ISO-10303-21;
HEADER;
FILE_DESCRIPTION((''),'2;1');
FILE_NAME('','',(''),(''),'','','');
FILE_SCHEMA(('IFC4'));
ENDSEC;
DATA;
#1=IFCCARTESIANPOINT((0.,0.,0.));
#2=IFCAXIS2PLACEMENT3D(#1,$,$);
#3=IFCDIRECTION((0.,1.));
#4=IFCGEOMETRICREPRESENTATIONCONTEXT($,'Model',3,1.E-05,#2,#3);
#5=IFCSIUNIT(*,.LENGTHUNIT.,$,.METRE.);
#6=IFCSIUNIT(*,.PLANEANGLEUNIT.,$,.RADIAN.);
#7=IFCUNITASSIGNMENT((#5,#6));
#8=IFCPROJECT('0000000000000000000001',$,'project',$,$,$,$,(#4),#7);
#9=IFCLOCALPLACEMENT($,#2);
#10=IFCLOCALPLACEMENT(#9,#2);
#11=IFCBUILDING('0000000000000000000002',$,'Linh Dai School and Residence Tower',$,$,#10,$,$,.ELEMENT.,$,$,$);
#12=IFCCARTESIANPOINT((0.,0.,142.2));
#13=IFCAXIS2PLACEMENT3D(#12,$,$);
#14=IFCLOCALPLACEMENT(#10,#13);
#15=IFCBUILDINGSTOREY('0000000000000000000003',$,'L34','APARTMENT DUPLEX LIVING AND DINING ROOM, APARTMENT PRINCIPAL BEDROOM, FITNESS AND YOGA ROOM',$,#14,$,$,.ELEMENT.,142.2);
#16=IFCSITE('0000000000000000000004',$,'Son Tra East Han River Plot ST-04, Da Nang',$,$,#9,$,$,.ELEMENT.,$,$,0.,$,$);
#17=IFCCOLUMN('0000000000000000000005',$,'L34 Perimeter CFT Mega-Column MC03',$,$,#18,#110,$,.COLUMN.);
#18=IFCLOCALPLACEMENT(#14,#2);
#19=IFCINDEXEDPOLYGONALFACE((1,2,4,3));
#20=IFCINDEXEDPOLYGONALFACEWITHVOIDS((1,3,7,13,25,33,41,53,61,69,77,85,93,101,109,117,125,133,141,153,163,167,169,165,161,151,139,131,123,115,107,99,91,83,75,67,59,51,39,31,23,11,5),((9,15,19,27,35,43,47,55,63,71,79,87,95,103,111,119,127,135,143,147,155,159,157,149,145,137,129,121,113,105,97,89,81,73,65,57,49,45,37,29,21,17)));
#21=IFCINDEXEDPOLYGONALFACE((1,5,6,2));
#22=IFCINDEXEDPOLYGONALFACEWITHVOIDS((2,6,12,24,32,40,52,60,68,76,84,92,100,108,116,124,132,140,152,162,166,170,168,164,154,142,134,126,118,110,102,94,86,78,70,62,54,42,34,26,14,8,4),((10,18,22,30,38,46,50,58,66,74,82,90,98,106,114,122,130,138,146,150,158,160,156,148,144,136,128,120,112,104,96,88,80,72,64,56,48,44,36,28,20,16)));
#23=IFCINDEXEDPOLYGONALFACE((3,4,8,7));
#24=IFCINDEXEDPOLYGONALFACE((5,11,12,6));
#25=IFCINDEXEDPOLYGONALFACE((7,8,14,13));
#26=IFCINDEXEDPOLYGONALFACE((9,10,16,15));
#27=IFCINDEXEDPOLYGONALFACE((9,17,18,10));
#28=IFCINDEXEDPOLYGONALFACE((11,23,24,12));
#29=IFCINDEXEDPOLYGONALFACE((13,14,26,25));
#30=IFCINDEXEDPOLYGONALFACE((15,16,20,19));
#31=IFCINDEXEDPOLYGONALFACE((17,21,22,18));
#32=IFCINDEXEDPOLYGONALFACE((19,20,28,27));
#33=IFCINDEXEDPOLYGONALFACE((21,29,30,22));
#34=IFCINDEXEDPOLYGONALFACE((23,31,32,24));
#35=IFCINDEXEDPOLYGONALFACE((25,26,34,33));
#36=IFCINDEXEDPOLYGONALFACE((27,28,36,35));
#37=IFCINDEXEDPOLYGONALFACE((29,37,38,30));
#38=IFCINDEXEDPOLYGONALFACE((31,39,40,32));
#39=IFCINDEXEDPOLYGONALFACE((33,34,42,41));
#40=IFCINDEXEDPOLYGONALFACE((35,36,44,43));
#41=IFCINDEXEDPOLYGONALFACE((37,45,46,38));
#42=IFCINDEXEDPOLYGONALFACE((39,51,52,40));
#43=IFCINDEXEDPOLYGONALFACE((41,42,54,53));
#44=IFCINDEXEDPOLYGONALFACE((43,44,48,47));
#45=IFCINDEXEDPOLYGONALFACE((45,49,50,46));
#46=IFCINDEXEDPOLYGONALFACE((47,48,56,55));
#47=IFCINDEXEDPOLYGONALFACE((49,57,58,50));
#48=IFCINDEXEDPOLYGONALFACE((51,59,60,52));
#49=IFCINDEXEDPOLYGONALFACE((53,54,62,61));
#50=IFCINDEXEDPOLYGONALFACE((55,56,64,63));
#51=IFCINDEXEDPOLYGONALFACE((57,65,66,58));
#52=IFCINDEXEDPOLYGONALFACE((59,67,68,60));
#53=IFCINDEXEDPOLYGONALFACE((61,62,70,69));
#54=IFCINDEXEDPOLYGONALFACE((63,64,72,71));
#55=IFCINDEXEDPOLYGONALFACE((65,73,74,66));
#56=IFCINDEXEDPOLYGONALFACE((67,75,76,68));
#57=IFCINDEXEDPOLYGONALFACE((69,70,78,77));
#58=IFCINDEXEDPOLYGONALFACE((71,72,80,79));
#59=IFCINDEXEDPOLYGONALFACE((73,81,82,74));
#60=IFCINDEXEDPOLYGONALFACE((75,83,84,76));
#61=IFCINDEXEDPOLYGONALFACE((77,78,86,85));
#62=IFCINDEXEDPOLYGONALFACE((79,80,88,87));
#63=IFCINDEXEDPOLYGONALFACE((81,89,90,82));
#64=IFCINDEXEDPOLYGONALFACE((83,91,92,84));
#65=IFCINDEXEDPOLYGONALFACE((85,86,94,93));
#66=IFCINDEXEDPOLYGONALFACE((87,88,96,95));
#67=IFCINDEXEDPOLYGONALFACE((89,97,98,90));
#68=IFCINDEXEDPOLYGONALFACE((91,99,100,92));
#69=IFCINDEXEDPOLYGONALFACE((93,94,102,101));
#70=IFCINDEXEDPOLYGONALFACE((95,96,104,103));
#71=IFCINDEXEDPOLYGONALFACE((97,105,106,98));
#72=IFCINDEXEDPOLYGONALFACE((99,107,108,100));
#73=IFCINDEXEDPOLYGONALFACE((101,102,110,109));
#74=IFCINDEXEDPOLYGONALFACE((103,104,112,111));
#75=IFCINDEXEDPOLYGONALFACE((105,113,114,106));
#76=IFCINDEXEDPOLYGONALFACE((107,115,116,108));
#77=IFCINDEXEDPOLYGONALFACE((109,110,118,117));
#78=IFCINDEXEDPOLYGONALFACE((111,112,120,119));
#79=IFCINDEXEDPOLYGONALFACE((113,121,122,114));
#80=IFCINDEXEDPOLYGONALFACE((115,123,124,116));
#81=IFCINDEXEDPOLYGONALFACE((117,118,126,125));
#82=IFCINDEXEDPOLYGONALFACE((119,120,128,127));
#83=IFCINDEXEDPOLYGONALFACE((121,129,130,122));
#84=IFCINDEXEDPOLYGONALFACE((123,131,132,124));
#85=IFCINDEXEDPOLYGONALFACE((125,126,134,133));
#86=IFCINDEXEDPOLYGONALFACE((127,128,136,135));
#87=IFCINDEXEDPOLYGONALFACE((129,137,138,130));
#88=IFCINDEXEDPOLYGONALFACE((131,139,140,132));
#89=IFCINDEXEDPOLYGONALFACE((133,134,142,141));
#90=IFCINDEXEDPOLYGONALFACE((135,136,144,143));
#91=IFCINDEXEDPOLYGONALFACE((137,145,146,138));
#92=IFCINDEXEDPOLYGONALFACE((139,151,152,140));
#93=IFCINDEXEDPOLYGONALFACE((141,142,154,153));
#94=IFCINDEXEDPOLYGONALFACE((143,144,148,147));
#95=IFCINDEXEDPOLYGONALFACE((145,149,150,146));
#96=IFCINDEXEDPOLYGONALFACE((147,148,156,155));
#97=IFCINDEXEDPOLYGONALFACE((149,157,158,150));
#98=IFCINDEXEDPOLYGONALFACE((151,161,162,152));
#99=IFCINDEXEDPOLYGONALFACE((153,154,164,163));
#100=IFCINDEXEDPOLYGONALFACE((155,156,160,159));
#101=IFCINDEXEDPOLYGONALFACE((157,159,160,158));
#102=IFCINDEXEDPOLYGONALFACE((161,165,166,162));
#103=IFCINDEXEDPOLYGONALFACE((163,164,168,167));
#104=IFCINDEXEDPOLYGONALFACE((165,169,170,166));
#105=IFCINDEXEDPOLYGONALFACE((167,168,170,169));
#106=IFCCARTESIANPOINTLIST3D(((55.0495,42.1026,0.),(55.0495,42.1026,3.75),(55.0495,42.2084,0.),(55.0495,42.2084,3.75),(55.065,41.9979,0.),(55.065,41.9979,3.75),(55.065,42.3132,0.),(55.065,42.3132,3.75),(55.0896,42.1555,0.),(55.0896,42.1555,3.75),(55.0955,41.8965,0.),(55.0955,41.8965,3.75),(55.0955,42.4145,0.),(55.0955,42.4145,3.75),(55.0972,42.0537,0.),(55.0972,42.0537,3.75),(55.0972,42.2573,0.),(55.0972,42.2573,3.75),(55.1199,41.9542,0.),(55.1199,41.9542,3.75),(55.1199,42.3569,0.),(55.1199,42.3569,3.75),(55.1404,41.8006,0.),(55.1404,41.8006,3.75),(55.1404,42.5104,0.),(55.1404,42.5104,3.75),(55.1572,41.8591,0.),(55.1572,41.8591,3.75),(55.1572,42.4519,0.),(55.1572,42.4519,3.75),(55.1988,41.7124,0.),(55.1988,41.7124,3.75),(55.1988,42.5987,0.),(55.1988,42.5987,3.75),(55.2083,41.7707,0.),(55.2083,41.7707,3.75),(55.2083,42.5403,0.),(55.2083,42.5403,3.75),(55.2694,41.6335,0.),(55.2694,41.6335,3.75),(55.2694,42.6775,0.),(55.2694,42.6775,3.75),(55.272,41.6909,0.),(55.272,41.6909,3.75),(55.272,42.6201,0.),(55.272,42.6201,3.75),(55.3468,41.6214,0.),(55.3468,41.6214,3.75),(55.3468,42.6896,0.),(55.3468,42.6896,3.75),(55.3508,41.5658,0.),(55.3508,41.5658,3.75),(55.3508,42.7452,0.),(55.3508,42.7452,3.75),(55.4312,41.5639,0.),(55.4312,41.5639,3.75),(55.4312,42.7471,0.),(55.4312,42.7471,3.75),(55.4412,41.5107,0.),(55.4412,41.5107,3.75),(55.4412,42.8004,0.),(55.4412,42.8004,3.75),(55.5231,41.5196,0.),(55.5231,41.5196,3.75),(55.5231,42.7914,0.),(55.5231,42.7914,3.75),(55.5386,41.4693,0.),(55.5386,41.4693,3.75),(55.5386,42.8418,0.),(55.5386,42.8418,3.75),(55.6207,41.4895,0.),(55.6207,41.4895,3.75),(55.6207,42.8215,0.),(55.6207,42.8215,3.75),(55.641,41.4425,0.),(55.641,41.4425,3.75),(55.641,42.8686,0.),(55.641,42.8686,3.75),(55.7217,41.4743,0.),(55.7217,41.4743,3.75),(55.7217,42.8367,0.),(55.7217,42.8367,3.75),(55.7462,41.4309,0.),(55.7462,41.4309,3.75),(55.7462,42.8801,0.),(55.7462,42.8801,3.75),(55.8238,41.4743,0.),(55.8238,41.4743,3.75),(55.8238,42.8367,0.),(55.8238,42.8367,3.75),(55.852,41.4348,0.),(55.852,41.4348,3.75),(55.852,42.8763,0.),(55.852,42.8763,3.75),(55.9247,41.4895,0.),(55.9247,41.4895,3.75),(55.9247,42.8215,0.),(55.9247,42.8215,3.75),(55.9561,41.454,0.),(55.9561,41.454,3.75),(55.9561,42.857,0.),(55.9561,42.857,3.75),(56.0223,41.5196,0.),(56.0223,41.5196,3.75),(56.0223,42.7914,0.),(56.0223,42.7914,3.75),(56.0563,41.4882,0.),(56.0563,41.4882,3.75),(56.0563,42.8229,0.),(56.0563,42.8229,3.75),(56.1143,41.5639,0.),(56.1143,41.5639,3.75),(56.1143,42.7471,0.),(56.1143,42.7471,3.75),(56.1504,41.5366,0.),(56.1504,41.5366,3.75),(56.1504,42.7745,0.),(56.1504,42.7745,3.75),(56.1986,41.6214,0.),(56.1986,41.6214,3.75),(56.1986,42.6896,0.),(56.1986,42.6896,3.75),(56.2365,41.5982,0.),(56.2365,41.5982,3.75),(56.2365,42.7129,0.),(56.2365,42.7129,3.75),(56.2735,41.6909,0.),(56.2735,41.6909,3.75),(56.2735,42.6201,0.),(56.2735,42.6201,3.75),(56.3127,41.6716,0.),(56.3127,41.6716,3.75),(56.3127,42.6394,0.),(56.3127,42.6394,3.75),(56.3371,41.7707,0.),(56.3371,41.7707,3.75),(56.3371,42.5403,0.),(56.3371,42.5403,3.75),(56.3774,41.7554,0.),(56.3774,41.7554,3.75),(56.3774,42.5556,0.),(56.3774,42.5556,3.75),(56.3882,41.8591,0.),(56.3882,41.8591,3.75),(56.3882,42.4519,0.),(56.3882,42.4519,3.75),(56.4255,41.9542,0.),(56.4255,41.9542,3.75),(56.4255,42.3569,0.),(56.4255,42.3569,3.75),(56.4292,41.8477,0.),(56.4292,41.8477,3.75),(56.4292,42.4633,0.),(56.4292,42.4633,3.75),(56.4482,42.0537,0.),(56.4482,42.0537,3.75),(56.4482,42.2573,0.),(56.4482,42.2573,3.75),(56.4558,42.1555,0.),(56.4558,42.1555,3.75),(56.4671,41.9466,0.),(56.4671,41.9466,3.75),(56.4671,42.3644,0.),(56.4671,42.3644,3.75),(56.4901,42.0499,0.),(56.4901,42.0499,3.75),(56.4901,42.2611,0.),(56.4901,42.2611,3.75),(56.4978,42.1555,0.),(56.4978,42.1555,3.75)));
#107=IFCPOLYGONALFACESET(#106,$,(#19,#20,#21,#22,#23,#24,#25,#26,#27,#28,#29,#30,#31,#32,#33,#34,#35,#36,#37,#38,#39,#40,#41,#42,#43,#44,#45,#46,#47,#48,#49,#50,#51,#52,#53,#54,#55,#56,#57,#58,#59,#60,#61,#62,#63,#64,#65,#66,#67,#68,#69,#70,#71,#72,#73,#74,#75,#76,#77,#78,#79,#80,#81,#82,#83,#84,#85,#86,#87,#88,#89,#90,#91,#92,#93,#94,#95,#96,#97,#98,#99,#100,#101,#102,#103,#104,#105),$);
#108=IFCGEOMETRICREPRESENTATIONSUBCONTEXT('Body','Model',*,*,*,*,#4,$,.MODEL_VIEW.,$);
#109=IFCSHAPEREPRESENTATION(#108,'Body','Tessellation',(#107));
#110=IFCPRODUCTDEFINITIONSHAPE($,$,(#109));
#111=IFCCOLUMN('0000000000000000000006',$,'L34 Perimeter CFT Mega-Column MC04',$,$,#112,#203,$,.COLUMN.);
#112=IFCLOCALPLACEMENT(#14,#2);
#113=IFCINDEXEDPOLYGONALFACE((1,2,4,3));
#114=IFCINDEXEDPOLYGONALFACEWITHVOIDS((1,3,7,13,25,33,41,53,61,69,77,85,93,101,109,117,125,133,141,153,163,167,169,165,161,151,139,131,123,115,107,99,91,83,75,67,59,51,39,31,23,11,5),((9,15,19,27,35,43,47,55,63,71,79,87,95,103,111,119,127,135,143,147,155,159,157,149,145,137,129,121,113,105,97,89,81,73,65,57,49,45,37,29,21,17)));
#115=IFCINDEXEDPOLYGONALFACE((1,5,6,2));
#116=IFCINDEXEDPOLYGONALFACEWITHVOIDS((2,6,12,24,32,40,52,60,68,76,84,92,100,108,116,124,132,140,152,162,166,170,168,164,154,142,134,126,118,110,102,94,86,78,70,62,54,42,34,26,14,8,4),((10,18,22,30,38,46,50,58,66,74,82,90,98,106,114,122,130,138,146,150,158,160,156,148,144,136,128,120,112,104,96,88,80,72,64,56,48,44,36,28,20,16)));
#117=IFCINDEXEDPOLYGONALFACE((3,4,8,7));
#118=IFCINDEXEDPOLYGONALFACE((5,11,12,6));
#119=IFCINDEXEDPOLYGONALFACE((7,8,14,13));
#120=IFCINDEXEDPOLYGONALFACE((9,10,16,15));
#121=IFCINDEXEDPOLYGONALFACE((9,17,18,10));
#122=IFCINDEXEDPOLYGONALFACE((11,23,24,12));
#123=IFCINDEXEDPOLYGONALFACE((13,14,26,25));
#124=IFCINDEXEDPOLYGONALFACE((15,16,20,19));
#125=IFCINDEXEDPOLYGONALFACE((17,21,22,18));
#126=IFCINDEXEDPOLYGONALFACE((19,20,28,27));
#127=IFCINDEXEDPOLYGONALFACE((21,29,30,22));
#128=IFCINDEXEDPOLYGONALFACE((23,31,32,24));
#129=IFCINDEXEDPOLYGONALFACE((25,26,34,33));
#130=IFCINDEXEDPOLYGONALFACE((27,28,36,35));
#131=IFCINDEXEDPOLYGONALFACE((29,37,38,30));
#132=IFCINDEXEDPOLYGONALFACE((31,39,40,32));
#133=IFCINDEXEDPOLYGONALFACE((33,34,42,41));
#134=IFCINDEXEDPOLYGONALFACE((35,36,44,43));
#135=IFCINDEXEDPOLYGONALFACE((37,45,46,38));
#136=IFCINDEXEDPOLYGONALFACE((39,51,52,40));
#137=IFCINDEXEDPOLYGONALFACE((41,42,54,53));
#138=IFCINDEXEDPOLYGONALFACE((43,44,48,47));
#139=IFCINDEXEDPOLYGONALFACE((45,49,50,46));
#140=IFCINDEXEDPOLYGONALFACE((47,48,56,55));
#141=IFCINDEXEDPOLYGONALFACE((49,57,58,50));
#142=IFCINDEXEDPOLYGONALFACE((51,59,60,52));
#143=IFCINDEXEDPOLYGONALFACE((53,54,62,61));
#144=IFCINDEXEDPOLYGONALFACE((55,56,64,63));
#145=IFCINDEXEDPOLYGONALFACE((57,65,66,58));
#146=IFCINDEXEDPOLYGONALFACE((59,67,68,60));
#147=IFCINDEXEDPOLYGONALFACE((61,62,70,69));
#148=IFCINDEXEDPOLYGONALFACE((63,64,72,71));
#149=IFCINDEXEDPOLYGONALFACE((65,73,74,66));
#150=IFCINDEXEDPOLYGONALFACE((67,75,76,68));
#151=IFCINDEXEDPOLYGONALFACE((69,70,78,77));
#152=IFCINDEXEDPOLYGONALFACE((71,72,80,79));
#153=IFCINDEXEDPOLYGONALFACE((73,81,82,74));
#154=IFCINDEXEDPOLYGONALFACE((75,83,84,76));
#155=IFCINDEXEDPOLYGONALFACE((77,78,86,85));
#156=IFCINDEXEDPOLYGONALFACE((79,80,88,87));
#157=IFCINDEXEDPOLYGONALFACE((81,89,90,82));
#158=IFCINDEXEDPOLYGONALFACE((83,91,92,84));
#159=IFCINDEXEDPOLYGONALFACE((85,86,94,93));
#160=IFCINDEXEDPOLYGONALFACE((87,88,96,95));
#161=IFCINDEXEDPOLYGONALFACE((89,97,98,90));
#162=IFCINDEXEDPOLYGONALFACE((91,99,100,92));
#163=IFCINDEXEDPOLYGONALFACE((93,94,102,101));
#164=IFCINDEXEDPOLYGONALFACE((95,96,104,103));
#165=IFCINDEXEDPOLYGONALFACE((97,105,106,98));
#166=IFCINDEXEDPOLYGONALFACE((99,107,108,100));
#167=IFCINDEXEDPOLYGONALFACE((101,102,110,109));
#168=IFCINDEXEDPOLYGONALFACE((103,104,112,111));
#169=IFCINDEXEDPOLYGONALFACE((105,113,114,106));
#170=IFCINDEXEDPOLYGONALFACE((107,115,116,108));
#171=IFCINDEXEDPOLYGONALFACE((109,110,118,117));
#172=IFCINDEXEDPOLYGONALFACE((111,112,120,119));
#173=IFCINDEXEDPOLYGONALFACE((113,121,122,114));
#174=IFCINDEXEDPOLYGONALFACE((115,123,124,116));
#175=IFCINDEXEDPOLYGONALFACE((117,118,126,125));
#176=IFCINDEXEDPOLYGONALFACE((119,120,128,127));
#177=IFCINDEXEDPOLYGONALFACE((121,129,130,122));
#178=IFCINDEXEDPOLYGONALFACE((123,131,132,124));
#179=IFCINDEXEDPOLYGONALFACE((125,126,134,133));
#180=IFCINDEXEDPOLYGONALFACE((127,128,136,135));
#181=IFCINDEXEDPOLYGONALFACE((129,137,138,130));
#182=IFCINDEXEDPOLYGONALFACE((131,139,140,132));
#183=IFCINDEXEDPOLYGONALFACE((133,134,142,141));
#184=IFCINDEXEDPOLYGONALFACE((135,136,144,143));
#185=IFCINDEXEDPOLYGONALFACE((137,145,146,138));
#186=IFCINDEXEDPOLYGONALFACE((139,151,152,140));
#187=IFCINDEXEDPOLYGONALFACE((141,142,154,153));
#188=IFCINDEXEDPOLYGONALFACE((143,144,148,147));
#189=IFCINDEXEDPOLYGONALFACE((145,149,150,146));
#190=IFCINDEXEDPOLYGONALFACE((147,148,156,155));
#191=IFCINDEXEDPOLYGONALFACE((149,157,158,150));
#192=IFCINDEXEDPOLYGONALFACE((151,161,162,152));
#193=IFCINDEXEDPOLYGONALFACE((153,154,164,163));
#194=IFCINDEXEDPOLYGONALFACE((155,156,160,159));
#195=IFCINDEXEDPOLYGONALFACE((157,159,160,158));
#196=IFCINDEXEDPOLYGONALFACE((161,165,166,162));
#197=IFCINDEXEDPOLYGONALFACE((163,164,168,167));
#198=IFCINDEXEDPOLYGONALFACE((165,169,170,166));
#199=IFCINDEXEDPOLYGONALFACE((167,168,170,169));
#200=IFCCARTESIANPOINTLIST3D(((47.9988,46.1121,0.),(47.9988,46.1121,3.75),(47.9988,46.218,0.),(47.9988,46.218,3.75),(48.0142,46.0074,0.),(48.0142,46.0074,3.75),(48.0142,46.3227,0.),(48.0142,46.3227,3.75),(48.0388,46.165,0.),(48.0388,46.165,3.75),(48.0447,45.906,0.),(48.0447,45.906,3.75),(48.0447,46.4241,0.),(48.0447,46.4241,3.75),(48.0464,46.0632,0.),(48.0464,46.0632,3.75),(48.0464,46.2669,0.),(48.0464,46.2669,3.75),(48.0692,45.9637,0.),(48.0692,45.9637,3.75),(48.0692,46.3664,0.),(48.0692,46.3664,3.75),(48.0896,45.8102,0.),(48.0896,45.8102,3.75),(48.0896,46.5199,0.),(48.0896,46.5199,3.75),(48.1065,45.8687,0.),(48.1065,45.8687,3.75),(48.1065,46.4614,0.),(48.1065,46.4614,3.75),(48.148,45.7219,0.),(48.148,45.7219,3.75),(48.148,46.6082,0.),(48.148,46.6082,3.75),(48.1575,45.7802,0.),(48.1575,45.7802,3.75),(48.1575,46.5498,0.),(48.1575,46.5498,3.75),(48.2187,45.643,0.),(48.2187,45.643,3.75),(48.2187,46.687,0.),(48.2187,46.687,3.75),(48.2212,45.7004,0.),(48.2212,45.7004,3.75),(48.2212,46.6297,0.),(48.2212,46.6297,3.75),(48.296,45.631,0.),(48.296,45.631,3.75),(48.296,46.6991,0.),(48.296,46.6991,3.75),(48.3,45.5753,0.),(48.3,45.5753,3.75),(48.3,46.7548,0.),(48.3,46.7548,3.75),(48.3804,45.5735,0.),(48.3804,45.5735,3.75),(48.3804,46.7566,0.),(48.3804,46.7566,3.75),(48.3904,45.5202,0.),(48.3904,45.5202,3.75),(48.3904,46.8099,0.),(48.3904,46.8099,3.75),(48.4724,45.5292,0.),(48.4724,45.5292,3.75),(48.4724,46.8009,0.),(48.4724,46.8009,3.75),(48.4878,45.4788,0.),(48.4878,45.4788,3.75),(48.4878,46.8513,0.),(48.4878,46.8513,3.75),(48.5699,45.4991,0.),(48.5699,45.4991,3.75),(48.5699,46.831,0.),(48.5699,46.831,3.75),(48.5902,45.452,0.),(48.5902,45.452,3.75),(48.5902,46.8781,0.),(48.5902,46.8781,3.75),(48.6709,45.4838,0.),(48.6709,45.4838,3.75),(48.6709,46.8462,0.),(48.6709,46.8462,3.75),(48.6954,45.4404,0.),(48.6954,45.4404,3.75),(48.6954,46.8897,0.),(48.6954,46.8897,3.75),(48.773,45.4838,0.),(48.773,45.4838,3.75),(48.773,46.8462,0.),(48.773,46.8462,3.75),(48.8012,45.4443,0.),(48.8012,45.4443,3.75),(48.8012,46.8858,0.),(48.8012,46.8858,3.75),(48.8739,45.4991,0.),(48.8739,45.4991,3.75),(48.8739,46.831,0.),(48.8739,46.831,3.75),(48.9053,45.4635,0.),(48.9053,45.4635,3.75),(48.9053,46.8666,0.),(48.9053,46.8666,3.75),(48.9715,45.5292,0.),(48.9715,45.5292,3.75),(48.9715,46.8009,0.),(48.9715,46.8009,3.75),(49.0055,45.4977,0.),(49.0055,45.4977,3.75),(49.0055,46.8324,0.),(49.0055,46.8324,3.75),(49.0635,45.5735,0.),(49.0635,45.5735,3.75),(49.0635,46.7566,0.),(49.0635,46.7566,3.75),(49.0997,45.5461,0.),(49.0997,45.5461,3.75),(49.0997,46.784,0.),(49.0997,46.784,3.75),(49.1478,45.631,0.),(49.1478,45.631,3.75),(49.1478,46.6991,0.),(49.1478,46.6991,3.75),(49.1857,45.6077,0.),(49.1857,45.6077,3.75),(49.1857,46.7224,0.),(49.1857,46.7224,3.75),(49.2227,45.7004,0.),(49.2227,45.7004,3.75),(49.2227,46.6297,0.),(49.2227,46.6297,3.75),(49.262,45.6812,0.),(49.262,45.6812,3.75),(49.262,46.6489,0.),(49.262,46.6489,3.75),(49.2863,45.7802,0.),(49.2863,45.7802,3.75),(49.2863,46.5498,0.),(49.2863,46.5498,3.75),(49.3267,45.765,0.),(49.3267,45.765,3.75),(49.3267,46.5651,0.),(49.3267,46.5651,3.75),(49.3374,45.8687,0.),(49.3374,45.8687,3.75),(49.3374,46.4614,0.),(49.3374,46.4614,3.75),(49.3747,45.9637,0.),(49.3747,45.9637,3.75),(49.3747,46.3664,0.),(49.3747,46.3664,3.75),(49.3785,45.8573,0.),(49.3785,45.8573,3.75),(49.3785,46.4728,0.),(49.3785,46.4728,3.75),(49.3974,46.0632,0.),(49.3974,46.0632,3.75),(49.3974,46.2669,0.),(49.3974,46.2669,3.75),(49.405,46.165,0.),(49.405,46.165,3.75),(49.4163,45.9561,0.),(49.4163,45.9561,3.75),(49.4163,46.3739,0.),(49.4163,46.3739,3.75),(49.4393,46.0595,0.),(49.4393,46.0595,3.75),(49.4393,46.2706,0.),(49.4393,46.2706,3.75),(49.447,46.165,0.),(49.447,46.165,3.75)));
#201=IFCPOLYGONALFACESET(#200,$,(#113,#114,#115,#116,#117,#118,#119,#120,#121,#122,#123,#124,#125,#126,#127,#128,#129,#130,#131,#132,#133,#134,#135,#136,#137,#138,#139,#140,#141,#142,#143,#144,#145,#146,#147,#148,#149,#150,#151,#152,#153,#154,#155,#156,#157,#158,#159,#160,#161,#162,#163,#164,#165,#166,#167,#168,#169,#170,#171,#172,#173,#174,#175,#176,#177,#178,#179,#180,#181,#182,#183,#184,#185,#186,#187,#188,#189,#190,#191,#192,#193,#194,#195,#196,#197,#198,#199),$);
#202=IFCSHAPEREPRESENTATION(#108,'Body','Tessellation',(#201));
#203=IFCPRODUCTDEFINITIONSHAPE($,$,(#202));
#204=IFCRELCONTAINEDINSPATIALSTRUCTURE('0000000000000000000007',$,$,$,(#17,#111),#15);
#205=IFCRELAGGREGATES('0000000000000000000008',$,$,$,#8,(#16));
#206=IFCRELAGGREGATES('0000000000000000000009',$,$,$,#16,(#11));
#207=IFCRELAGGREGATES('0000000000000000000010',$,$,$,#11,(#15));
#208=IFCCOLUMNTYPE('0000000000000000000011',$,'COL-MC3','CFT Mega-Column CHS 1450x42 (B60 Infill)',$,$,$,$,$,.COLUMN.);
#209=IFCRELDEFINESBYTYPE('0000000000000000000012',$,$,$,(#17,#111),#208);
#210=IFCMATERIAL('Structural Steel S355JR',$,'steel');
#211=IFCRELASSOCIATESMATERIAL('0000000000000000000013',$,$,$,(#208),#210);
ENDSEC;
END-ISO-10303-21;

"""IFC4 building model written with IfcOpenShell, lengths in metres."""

from ifc_helpers import new_model, si_unit, direction, frame, origin, origin_2d, place, context, subcontext, project, spatial, hollow_circle, extrude, material, material_profile, profile_set, type_object, element, save


model = new_model("IFC4")

# Units and contexts
model_context = context("Model", 3, precision=1e-05, world=origin(), true_north=direction((0.0, 1.0)))
body_context = subcontext(model_context, "Body", "Model", "MODEL_VIEW")
ifc_project = project(units=[si_unit("LENGTHUNIT", "METRE"), si_unit("PLANEANGLEUNIT", "RADIAN")], contexts=[model_context])

# Site, building, storey
site_placement = place(None, origin())
site = spatial("IfcSite", under=ifc_project, at=site_placement, Name="Son Tra East Han River Plot ST-04, Da Nang", CompositionType="ELEMENT", RefElevation=0.0)
building_placement = place(site_placement, origin())
building = spatial("IfcBuilding", under=site, at=building_placement, Name="Linh Dai School and Residence Tower", CompositionType="ELEMENT")
storey_placement = place(building_placement, frame((0.0, 0.0, 142.2)))
storey = spatial("IfcBuildingStorey", under=building, at=storey_placement, Name="L34", Description="APARTMENT DUPLEX LIVING AND DINING ROOM, APARTMENT PRINCIPAL BEDROOM, FITNESS AND YOGA ROOM", CompositionType="ELEMENT", Elevation=142.2)

# Columns
ifc_material_1 = material(Name="Structural Steel S355JR", Category="steel")
ifc_material_profile_1 = material_profile(ifc_material_1, hollow_circle(Radius=0.7251, WallThickness=0.042, at=origin_2d()), Name="CHS 1450x42")
ifc_profile_set_1 = profile_set([ifc_material_profile_1], Name="Structural Steel S355JR")
column_type = type_object("IfcColumnType", Name="COL-MC3", Description="CFT Mega-Column CHS 1450x42 (B60 Infill)", PredefinedType="COLUMN", material=ifc_profile_set_1)
for number, where, z_axis, x_axis, name in (
    (1, (55.7727, 42.1555, 0.0), (0.0, 0.0, 1.0), (1.0, 0.0, 0.0), "L34 Perimeter CFT Mega-Column MC03"),
    (2, (48.7219, 46.165, 0.0), (0.0, 0.0, 1.0), (1.0, 0.0, 0.0), "L34 Perimeter CFT Mega-Column MC04"),
):
    element("IfcColumn", number, at=place(storey_placement, frame(where, z_axis=z_axis, x_axis=x_axis)), inside=storey, type_object=column_type, Name=name, PredefinedType="COLUMN", context=body_context, shape_type="SweptSolid", body=[
        extrude(hollow_circle(Radius=0.7251, WallThickness=0.042, at=origin_2d()), origin(), (0.0, 0.0, 1.0), 3.75),
    ])

save(model, "model.ifc")
